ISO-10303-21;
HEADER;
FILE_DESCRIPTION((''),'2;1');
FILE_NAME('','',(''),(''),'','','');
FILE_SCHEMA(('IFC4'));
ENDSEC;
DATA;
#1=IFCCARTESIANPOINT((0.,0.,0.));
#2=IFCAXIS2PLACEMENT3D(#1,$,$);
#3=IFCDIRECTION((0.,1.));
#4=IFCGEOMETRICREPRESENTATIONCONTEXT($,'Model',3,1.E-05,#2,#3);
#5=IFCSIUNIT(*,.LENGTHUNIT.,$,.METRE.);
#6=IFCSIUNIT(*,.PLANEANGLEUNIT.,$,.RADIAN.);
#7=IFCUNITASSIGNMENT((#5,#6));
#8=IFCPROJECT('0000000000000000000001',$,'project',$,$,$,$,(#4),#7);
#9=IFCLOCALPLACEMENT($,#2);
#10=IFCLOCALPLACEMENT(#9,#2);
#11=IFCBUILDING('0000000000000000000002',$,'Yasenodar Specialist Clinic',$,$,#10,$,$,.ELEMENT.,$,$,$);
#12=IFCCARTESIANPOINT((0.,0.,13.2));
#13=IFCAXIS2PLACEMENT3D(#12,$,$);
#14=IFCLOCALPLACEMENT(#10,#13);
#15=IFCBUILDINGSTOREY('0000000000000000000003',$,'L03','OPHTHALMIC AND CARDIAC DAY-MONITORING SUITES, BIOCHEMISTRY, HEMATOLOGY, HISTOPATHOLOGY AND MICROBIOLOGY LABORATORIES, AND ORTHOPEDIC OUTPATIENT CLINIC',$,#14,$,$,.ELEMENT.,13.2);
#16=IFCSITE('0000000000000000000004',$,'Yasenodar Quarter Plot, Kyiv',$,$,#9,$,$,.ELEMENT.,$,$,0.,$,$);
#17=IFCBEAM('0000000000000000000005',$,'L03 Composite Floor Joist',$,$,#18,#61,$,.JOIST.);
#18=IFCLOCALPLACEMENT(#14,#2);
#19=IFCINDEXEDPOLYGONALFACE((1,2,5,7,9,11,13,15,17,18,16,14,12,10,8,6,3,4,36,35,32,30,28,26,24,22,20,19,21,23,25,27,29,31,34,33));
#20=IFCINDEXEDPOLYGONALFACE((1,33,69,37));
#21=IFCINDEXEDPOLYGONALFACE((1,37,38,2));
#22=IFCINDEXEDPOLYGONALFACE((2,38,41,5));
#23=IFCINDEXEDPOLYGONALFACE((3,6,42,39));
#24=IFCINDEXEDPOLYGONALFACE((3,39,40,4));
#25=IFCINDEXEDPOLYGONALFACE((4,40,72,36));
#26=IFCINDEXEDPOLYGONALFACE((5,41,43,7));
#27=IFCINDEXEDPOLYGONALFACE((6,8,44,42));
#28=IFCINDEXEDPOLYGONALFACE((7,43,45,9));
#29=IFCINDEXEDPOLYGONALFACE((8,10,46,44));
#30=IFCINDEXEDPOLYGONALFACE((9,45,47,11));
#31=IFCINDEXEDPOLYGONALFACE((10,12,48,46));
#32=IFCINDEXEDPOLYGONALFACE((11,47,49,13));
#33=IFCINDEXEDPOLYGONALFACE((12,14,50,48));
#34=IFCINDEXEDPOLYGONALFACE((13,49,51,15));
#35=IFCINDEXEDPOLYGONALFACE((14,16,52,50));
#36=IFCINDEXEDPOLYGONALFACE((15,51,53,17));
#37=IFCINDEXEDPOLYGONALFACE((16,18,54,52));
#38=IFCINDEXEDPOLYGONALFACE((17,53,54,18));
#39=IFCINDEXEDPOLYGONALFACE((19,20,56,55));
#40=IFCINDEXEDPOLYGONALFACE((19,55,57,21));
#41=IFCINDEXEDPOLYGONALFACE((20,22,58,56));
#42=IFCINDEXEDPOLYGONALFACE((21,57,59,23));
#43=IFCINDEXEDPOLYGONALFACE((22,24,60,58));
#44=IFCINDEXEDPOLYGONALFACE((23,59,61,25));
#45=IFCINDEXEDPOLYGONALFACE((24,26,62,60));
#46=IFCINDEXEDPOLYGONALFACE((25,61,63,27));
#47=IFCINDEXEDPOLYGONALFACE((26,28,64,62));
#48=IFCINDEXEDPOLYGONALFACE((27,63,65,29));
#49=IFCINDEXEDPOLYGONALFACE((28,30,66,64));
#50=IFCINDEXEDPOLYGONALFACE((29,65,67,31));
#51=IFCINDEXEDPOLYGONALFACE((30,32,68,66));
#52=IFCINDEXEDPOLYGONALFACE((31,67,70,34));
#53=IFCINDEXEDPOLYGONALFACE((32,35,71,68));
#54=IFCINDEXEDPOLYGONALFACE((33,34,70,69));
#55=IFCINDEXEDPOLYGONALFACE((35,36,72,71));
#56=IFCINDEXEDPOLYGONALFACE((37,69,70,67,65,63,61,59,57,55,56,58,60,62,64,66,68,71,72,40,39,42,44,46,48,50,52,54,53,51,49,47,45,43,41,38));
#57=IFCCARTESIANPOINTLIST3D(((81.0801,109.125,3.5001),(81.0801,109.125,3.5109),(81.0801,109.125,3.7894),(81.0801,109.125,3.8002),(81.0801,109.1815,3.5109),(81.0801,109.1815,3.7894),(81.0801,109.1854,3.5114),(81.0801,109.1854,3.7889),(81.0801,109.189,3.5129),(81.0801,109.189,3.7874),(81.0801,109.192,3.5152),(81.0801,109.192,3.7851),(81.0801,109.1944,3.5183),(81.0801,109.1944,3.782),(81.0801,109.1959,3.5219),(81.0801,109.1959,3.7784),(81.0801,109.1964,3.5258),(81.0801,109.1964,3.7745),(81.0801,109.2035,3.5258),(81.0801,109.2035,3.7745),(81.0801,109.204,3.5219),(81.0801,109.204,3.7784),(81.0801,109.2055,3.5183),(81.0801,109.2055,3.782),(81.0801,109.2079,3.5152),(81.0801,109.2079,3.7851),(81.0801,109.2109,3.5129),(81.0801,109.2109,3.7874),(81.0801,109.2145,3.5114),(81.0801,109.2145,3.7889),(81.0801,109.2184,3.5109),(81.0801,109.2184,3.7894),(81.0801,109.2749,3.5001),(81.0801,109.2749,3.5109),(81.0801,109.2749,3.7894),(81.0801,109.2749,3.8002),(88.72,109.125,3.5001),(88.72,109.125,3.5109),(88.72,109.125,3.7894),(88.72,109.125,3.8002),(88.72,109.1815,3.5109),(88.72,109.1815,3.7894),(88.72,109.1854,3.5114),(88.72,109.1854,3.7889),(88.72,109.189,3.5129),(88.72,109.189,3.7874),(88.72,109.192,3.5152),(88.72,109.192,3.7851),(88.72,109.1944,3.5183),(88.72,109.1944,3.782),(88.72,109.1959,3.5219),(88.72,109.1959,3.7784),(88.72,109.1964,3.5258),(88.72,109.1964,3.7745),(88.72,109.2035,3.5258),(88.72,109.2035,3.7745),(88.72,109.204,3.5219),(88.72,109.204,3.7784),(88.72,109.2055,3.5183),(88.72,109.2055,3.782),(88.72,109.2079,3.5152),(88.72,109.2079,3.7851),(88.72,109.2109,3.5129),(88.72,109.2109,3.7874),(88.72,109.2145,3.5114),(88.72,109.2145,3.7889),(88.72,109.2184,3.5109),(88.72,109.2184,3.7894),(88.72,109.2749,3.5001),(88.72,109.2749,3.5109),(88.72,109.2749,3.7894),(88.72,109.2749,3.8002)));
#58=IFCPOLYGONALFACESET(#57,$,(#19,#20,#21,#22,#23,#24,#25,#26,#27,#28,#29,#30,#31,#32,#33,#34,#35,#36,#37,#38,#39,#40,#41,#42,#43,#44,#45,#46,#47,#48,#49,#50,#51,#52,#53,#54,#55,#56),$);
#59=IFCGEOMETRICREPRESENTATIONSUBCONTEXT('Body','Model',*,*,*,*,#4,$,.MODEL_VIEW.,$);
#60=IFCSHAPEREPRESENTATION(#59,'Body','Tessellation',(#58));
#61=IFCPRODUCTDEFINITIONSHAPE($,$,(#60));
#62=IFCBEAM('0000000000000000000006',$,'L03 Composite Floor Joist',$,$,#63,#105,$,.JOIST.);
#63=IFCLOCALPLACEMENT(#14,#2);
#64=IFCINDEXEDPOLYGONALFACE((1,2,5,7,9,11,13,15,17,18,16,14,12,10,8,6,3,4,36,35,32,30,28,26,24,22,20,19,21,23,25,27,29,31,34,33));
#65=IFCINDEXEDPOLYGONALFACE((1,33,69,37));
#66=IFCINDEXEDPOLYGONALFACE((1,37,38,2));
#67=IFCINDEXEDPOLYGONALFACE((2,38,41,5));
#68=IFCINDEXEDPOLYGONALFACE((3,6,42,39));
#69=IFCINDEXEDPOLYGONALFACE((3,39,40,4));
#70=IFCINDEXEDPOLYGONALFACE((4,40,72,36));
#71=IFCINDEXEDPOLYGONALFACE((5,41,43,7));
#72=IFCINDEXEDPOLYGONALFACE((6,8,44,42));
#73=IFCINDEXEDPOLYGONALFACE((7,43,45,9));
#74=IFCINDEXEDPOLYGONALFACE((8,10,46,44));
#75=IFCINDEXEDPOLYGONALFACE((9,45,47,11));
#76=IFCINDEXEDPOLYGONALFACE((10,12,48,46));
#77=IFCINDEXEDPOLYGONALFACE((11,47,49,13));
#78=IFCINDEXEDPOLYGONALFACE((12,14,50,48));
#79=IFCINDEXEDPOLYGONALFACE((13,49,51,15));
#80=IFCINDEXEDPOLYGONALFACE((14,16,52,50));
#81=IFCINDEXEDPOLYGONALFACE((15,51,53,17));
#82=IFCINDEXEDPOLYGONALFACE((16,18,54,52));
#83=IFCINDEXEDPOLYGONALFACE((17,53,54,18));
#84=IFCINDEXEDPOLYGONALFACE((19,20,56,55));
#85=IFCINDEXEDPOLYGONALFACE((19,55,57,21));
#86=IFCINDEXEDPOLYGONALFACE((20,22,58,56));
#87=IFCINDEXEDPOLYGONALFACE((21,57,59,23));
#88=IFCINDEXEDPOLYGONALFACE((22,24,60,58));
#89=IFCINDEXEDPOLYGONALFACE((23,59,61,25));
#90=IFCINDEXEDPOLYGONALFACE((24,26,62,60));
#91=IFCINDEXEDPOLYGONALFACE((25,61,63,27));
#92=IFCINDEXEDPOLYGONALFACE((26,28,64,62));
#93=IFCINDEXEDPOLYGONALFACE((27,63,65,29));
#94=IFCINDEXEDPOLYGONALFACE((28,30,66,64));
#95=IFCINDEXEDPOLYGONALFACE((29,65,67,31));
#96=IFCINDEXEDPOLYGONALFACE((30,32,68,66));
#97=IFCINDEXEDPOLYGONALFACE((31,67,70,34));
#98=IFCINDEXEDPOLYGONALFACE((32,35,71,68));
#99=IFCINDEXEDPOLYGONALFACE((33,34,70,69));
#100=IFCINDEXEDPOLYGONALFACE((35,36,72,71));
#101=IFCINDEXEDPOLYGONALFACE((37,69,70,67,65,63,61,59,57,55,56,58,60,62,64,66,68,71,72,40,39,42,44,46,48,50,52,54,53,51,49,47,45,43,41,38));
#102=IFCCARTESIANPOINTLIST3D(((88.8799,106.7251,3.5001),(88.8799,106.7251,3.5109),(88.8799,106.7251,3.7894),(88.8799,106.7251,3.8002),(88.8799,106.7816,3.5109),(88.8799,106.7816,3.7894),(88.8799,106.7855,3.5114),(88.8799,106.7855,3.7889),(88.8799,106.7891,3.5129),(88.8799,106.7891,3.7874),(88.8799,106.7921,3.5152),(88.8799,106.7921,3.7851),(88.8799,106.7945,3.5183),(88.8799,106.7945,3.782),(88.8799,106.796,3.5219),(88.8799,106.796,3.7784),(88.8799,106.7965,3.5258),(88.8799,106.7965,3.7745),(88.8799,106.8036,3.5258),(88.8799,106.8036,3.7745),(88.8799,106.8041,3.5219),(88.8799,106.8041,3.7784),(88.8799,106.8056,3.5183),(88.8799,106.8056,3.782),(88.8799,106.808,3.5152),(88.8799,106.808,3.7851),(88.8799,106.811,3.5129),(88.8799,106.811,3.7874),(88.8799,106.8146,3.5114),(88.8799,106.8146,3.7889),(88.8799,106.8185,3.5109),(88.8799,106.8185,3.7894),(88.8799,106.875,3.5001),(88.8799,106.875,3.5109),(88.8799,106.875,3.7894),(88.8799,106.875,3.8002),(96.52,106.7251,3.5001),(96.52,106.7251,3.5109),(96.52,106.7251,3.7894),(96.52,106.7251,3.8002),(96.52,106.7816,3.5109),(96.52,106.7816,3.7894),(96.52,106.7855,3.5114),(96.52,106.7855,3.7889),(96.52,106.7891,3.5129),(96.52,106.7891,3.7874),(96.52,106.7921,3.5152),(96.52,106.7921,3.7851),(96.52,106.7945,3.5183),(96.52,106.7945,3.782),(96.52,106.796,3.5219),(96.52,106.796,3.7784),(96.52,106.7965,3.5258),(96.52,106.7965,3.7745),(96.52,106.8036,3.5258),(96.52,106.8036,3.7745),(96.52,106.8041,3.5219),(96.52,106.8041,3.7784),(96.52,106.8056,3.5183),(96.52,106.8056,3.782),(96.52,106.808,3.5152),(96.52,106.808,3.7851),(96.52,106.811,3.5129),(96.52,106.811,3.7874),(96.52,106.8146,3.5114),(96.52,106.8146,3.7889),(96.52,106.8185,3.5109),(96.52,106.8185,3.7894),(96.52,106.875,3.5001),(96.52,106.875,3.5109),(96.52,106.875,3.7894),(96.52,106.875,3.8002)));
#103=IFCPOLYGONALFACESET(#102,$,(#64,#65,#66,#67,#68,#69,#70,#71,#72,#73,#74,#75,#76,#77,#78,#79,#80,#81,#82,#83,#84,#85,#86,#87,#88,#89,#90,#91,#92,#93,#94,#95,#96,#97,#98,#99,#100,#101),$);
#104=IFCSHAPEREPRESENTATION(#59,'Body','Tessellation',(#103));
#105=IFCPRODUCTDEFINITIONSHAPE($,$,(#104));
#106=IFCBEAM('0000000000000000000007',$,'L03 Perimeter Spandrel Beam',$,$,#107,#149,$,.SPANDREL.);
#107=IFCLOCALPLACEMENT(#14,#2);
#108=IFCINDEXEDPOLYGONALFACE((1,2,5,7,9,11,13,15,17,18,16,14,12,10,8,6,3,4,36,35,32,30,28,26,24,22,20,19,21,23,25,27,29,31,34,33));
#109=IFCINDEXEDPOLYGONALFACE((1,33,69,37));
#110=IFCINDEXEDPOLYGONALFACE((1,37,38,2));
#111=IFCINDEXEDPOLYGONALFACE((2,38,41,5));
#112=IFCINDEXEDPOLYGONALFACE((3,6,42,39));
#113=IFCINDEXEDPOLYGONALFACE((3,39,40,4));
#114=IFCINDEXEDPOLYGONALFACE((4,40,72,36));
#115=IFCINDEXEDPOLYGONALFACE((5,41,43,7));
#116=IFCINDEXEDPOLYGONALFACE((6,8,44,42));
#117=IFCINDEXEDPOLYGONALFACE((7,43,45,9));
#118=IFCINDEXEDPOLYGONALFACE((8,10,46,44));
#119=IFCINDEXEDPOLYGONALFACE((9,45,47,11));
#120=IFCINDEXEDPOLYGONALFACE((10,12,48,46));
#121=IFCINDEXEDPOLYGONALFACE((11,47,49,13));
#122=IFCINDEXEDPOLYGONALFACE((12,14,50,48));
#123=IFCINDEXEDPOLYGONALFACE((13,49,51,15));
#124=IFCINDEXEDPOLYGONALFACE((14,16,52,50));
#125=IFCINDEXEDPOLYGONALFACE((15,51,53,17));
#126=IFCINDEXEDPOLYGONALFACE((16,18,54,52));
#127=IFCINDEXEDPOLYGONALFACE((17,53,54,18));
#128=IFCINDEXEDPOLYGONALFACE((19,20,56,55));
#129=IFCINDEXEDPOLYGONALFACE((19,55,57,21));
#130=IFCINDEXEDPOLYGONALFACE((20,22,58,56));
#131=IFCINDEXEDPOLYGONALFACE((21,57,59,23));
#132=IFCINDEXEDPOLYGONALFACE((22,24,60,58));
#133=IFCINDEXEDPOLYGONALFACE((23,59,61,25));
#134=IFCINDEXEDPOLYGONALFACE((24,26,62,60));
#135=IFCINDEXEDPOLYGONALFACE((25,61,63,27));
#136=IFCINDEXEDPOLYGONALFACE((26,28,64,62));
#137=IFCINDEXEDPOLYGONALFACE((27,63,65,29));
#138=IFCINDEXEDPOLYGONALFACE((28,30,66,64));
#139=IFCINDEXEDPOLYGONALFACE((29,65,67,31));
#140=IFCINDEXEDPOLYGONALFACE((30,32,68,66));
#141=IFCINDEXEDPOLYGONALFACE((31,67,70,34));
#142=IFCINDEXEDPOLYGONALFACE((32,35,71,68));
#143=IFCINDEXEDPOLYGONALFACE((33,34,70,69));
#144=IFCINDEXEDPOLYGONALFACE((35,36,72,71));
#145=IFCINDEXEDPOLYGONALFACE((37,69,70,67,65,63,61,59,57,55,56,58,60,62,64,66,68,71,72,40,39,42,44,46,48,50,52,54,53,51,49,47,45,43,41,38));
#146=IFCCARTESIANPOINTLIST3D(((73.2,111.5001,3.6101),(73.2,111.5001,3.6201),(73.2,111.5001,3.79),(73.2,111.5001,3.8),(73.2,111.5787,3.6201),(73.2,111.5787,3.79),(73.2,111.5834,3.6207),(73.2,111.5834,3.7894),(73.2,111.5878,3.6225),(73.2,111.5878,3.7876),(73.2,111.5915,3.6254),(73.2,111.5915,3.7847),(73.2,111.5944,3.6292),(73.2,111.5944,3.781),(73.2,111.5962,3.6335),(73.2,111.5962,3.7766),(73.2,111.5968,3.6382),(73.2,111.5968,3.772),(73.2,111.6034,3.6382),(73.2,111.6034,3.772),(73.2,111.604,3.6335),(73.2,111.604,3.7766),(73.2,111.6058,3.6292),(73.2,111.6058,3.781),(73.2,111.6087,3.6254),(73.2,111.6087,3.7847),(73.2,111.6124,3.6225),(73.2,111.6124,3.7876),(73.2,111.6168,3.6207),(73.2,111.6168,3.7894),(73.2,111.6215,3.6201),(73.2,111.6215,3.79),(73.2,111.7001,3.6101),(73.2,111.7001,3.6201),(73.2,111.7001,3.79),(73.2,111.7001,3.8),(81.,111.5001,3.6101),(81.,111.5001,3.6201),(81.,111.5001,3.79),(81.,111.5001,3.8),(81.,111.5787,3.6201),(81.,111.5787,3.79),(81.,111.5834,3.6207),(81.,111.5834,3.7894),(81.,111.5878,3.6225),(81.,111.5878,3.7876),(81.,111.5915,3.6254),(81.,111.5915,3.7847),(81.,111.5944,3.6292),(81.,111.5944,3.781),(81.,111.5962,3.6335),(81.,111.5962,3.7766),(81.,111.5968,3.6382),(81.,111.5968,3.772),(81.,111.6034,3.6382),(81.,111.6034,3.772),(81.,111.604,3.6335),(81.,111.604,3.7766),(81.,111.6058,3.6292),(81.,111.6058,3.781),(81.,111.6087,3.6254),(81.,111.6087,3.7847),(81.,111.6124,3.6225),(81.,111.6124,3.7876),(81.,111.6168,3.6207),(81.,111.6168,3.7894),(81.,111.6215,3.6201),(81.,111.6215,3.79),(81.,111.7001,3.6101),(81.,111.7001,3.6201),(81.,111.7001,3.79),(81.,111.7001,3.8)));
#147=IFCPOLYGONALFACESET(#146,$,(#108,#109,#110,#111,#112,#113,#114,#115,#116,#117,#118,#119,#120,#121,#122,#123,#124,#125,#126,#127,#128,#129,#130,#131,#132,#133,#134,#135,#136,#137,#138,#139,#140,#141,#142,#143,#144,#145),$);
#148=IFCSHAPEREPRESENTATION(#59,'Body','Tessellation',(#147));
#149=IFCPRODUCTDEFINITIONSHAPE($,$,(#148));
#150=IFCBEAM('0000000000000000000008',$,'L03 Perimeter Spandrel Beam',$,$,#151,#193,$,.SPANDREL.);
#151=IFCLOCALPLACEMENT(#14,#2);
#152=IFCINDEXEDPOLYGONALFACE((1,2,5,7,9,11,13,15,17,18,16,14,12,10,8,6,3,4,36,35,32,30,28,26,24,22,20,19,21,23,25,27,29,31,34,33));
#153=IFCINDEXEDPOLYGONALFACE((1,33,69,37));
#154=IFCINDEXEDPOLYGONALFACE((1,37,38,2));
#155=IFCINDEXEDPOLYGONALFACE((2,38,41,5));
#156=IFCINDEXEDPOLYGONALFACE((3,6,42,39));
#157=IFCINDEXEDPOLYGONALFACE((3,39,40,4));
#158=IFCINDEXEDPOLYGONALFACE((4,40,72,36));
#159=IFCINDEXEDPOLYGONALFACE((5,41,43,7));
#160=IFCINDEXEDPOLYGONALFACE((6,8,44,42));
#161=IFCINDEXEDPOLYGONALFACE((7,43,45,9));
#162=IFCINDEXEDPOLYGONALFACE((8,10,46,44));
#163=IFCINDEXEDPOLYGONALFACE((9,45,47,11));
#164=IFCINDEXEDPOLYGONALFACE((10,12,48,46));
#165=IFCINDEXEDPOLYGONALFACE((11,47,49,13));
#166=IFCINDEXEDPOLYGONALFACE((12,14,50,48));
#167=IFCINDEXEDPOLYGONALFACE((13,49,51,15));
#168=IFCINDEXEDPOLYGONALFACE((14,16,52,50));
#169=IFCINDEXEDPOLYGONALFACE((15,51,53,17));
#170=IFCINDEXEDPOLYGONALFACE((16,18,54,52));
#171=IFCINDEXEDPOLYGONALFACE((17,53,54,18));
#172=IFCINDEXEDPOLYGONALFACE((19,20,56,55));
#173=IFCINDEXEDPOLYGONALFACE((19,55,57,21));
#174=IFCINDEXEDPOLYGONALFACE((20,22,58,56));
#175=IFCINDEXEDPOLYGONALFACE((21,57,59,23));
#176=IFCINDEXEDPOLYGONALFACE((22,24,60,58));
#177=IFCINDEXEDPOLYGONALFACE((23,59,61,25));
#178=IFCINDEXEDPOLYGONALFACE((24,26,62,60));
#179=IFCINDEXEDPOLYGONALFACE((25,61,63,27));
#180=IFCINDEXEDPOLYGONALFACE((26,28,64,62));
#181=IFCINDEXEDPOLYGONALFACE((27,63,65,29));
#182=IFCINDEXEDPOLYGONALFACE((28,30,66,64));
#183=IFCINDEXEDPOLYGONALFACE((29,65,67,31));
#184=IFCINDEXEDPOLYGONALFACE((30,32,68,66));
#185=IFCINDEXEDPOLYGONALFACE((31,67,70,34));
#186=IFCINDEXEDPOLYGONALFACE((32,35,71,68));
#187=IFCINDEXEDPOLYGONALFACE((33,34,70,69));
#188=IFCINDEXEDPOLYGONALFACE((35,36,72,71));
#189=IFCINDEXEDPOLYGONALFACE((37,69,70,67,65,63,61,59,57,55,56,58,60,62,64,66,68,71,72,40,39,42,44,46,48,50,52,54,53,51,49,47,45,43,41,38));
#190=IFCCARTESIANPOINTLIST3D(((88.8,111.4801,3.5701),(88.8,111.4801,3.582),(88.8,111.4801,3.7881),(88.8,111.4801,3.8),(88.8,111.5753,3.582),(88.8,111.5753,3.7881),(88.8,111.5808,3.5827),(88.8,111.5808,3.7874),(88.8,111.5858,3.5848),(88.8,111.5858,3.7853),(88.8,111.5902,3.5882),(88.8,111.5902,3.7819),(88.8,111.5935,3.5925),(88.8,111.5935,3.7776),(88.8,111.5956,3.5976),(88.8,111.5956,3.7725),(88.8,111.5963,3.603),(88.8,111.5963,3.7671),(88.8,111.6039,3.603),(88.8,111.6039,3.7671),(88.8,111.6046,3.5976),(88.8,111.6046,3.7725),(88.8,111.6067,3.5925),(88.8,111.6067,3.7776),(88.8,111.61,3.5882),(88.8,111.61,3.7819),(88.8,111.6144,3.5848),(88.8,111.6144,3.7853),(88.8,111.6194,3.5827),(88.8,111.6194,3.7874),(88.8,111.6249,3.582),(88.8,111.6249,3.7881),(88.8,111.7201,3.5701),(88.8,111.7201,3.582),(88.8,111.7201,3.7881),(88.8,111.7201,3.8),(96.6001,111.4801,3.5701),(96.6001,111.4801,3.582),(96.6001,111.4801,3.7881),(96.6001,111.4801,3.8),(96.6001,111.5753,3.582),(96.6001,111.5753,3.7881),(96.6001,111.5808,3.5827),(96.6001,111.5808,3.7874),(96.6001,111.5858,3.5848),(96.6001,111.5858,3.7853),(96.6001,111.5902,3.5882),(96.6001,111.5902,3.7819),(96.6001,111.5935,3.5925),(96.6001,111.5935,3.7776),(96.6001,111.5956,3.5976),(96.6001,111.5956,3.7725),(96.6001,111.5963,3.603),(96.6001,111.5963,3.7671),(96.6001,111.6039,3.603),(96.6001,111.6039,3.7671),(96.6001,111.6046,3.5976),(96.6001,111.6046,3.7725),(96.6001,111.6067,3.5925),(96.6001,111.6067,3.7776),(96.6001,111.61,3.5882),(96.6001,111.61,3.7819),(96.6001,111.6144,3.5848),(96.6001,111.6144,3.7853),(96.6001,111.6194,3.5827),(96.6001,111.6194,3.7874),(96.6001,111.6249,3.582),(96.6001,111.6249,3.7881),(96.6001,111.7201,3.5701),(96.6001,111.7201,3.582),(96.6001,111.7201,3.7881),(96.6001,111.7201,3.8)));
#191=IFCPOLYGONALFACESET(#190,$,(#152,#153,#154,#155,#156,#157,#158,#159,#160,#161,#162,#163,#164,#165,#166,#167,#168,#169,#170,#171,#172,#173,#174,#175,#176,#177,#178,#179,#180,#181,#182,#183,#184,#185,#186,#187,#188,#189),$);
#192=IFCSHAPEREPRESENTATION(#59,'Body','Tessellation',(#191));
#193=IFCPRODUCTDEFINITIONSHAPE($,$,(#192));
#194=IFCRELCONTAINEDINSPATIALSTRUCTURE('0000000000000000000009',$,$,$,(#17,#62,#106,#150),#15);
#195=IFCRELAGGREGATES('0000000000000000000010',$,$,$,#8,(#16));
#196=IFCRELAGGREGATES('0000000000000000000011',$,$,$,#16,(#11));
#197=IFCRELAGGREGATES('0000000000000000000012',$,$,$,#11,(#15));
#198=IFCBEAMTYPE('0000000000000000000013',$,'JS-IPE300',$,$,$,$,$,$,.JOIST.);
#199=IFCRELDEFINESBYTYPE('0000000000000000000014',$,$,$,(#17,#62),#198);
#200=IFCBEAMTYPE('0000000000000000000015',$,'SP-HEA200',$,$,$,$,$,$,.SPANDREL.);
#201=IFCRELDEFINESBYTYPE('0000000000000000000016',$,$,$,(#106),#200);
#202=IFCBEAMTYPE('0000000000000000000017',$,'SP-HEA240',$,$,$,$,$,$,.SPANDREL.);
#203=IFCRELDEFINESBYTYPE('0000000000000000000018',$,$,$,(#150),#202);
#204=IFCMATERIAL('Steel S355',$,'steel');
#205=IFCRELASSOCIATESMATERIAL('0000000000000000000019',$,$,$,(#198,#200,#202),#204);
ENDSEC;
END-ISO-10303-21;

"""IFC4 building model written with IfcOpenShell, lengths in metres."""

from ifc_helpers import new_model, si_unit, direction, frame, origin, origin_2d, place, context, subcontext, project, spatial, i_section, extrude, material, material_profile, profile_set, type_object, element, save


model = new_model("IFC4")

# Units and contexts
model_context = context("Model", 3, precision=1e-05, world=origin(), true_north=direction((0.0, 1.0)))
body_context = subcontext(model_context, "Body", "Model", "MODEL_VIEW")
ifc_project = project(units=[si_unit("LENGTHUNIT", "METRE"), si_unit("PLANEANGLEUNIT", "RADIAN")], contexts=[model_context])

# Site, building, storey
site_placement = place(None, origin())
site = spatial("IfcSite", under=ifc_project, at=site_placement, Name="Yasenodar Quarter Plot, Kyiv", CompositionType="ELEMENT", RefElevation=0.0)
building_placement = place(site_placement, origin())
building = spatial("IfcBuilding", under=site, at=building_placement, Name="Yasenodar Specialist Clinic", CompositionType="ELEMENT")
storey_placement = place(building_placement, frame((0.0, 0.0, 13.2)))
storey = spatial("IfcBuildingStorey", under=building, at=storey_placement, Name="L03", Description="OPHTHALMIC AND CARDIAC DAY-MONITORING SUITES, BIOCHEMISTRY, HEMATOLOGY, HISTOPATHOLOGY AND MICROBIOLOGY LABORATORIES, AND ORTHOPEDIC OUTPATIENT CLINIC", CompositionType="ELEMENT", Elevation=13.2)

# Shared definitions
ifc_material_1 = material(Name="Steel S355", Category="steel")

# Beams
ifc_material_profile_1 = material_profile(ifc_material_1, i_section(OverallWidth=0.1499, OverallDepth=0.3, WebThickness=0.0071, FlangeThickness=0.0107, FilletRadius=0.0149, at=origin_2d()), Name="IPE 300")
ifc_profile_set_1 = profile_set([ifc_material_profile_1], Name="Steel S355")
beam_type_1 = type_object("IfcBeamType", Name="JS-IPE300", PredefinedType="JOIST", material=ifc_profile_set_1)
beam_1_placement = place(storey_placement, frame((81.0801, 109.2, 3.6501), z_axis=(1.0, 0.0, 0.0), x_axis=(0.0, 1.0, 0.0)))
element("IfcBeam", 1, at=beam_1_placement, inside=storey, type_object=beam_type_1, Name="L03 Composite Floor Joist", PredefinedType="JOIST", context=body_context, shape_type="SweptSolid", body=[
    extrude(i_section(OverallWidth=0.1499, OverallDepth=0.3, WebThickness=0.0071, FlangeThickness=0.0107, FilletRadius=0.0149, at=origin_2d()), origin(), (0.0, 0.0, 1.0), 7.6399),
])
beam_2_placement = place(storey_placement, frame((88.8799, 106.8, 3.6501), z_axis=(1.0, 0.0, 0.0), x_axis=(0.0, 1.0, 0.0)))
element("IfcBeam", 2, at=beam_2_placement, inside=storey, type_object=beam_type_1, Name="L03 Composite Floor Joist", PredefinedType="JOIST", context=body_context, shape_type="SweptSolid", body=[
    extrude(i_section(OverallWidth=0.1499, OverallDepth=0.3, WebThickness=0.0071, FlangeThickness=0.0107, FilletRadius=0.0149, at=origin_2d()), origin(), (0.0, 0.0, 1.0), 7.6401),
])
ifc_material_profile_2 = material_profile(ifc_material_1, i_section(OverallWidth=0.2, OverallDepth=0.1899, WebThickness=0.0066, FlangeThickness=0.01, FilletRadius=0.0181, at=origin_2d()), Name="HEA 200")
ifc_profile_set_2 = profile_set([ifc_material_profile_2], Name="Steel S355")
beam_type_2 = type_object("IfcBeamType", Name="SP-HEA200", PredefinedType="SPANDREL", material=ifc_profile_set_2)
beam_3_placement = place(storey_placement, frame((73.2, 111.6001, 3.7051), z_axis=(1.0, 0.0, 0.0), x_axis=(0.0, 1.0, 0.0)))
element("IfcBeam", 3, at=beam_3_placement, inside=storey, type_object=beam_type_2, Name="L03 Perimeter Spandrel Beam", PredefinedType="SPANDREL", context=body_context, shape_type="SweptSolid", body=[
    extrude(i_section(OverallWidth=0.2, OverallDepth=0.1899, WebThickness=0.0066, FlangeThickness=0.01, FilletRadius=0.0181, at=origin_2d()), origin(), (0.0, 0.0, 1.0), 7.8),
])
ifc_material_profile_3 = material_profile(ifc_material_1, i_section(OverallWidth=0.24, OverallDepth=0.23, WebThickness=0.0076, FlangeThickness=0.012, FilletRadius=0.021, at=origin_2d()), Name="HEA 240")
ifc_profile_set_3 = profile_set([ifc_material_profile_3], Name="Steel S355")
beam_type_3 = type_object("IfcBeamType", Name="SP-HEA240", PredefinedType="SPANDREL", material=ifc_profile_set_3)
beam_4_placement = place(storey_placement, frame((88.8, 111.6001, 3.6851), z_axis=(1.0, 0.0, 0.0), x_axis=(0.0, 1.0, 0.0)))
element("IfcBeam", 4, at=beam_4_placement, inside=storey, type_object=beam_type_3, Name="L03 Perimeter Spandrel Beam", PredefinedType="SPANDREL", context=body_context, shape_type="SweptSolid", body=[
    extrude(i_section(OverallWidth=0.24, OverallDepth=0.23, WebThickness=0.0076, FlangeThickness=0.012, FilletRadius=0.021, at=origin_2d()), origin(), (0.0, 0.0, 1.0), 7.8),
])

save(model, "model.ifc")
